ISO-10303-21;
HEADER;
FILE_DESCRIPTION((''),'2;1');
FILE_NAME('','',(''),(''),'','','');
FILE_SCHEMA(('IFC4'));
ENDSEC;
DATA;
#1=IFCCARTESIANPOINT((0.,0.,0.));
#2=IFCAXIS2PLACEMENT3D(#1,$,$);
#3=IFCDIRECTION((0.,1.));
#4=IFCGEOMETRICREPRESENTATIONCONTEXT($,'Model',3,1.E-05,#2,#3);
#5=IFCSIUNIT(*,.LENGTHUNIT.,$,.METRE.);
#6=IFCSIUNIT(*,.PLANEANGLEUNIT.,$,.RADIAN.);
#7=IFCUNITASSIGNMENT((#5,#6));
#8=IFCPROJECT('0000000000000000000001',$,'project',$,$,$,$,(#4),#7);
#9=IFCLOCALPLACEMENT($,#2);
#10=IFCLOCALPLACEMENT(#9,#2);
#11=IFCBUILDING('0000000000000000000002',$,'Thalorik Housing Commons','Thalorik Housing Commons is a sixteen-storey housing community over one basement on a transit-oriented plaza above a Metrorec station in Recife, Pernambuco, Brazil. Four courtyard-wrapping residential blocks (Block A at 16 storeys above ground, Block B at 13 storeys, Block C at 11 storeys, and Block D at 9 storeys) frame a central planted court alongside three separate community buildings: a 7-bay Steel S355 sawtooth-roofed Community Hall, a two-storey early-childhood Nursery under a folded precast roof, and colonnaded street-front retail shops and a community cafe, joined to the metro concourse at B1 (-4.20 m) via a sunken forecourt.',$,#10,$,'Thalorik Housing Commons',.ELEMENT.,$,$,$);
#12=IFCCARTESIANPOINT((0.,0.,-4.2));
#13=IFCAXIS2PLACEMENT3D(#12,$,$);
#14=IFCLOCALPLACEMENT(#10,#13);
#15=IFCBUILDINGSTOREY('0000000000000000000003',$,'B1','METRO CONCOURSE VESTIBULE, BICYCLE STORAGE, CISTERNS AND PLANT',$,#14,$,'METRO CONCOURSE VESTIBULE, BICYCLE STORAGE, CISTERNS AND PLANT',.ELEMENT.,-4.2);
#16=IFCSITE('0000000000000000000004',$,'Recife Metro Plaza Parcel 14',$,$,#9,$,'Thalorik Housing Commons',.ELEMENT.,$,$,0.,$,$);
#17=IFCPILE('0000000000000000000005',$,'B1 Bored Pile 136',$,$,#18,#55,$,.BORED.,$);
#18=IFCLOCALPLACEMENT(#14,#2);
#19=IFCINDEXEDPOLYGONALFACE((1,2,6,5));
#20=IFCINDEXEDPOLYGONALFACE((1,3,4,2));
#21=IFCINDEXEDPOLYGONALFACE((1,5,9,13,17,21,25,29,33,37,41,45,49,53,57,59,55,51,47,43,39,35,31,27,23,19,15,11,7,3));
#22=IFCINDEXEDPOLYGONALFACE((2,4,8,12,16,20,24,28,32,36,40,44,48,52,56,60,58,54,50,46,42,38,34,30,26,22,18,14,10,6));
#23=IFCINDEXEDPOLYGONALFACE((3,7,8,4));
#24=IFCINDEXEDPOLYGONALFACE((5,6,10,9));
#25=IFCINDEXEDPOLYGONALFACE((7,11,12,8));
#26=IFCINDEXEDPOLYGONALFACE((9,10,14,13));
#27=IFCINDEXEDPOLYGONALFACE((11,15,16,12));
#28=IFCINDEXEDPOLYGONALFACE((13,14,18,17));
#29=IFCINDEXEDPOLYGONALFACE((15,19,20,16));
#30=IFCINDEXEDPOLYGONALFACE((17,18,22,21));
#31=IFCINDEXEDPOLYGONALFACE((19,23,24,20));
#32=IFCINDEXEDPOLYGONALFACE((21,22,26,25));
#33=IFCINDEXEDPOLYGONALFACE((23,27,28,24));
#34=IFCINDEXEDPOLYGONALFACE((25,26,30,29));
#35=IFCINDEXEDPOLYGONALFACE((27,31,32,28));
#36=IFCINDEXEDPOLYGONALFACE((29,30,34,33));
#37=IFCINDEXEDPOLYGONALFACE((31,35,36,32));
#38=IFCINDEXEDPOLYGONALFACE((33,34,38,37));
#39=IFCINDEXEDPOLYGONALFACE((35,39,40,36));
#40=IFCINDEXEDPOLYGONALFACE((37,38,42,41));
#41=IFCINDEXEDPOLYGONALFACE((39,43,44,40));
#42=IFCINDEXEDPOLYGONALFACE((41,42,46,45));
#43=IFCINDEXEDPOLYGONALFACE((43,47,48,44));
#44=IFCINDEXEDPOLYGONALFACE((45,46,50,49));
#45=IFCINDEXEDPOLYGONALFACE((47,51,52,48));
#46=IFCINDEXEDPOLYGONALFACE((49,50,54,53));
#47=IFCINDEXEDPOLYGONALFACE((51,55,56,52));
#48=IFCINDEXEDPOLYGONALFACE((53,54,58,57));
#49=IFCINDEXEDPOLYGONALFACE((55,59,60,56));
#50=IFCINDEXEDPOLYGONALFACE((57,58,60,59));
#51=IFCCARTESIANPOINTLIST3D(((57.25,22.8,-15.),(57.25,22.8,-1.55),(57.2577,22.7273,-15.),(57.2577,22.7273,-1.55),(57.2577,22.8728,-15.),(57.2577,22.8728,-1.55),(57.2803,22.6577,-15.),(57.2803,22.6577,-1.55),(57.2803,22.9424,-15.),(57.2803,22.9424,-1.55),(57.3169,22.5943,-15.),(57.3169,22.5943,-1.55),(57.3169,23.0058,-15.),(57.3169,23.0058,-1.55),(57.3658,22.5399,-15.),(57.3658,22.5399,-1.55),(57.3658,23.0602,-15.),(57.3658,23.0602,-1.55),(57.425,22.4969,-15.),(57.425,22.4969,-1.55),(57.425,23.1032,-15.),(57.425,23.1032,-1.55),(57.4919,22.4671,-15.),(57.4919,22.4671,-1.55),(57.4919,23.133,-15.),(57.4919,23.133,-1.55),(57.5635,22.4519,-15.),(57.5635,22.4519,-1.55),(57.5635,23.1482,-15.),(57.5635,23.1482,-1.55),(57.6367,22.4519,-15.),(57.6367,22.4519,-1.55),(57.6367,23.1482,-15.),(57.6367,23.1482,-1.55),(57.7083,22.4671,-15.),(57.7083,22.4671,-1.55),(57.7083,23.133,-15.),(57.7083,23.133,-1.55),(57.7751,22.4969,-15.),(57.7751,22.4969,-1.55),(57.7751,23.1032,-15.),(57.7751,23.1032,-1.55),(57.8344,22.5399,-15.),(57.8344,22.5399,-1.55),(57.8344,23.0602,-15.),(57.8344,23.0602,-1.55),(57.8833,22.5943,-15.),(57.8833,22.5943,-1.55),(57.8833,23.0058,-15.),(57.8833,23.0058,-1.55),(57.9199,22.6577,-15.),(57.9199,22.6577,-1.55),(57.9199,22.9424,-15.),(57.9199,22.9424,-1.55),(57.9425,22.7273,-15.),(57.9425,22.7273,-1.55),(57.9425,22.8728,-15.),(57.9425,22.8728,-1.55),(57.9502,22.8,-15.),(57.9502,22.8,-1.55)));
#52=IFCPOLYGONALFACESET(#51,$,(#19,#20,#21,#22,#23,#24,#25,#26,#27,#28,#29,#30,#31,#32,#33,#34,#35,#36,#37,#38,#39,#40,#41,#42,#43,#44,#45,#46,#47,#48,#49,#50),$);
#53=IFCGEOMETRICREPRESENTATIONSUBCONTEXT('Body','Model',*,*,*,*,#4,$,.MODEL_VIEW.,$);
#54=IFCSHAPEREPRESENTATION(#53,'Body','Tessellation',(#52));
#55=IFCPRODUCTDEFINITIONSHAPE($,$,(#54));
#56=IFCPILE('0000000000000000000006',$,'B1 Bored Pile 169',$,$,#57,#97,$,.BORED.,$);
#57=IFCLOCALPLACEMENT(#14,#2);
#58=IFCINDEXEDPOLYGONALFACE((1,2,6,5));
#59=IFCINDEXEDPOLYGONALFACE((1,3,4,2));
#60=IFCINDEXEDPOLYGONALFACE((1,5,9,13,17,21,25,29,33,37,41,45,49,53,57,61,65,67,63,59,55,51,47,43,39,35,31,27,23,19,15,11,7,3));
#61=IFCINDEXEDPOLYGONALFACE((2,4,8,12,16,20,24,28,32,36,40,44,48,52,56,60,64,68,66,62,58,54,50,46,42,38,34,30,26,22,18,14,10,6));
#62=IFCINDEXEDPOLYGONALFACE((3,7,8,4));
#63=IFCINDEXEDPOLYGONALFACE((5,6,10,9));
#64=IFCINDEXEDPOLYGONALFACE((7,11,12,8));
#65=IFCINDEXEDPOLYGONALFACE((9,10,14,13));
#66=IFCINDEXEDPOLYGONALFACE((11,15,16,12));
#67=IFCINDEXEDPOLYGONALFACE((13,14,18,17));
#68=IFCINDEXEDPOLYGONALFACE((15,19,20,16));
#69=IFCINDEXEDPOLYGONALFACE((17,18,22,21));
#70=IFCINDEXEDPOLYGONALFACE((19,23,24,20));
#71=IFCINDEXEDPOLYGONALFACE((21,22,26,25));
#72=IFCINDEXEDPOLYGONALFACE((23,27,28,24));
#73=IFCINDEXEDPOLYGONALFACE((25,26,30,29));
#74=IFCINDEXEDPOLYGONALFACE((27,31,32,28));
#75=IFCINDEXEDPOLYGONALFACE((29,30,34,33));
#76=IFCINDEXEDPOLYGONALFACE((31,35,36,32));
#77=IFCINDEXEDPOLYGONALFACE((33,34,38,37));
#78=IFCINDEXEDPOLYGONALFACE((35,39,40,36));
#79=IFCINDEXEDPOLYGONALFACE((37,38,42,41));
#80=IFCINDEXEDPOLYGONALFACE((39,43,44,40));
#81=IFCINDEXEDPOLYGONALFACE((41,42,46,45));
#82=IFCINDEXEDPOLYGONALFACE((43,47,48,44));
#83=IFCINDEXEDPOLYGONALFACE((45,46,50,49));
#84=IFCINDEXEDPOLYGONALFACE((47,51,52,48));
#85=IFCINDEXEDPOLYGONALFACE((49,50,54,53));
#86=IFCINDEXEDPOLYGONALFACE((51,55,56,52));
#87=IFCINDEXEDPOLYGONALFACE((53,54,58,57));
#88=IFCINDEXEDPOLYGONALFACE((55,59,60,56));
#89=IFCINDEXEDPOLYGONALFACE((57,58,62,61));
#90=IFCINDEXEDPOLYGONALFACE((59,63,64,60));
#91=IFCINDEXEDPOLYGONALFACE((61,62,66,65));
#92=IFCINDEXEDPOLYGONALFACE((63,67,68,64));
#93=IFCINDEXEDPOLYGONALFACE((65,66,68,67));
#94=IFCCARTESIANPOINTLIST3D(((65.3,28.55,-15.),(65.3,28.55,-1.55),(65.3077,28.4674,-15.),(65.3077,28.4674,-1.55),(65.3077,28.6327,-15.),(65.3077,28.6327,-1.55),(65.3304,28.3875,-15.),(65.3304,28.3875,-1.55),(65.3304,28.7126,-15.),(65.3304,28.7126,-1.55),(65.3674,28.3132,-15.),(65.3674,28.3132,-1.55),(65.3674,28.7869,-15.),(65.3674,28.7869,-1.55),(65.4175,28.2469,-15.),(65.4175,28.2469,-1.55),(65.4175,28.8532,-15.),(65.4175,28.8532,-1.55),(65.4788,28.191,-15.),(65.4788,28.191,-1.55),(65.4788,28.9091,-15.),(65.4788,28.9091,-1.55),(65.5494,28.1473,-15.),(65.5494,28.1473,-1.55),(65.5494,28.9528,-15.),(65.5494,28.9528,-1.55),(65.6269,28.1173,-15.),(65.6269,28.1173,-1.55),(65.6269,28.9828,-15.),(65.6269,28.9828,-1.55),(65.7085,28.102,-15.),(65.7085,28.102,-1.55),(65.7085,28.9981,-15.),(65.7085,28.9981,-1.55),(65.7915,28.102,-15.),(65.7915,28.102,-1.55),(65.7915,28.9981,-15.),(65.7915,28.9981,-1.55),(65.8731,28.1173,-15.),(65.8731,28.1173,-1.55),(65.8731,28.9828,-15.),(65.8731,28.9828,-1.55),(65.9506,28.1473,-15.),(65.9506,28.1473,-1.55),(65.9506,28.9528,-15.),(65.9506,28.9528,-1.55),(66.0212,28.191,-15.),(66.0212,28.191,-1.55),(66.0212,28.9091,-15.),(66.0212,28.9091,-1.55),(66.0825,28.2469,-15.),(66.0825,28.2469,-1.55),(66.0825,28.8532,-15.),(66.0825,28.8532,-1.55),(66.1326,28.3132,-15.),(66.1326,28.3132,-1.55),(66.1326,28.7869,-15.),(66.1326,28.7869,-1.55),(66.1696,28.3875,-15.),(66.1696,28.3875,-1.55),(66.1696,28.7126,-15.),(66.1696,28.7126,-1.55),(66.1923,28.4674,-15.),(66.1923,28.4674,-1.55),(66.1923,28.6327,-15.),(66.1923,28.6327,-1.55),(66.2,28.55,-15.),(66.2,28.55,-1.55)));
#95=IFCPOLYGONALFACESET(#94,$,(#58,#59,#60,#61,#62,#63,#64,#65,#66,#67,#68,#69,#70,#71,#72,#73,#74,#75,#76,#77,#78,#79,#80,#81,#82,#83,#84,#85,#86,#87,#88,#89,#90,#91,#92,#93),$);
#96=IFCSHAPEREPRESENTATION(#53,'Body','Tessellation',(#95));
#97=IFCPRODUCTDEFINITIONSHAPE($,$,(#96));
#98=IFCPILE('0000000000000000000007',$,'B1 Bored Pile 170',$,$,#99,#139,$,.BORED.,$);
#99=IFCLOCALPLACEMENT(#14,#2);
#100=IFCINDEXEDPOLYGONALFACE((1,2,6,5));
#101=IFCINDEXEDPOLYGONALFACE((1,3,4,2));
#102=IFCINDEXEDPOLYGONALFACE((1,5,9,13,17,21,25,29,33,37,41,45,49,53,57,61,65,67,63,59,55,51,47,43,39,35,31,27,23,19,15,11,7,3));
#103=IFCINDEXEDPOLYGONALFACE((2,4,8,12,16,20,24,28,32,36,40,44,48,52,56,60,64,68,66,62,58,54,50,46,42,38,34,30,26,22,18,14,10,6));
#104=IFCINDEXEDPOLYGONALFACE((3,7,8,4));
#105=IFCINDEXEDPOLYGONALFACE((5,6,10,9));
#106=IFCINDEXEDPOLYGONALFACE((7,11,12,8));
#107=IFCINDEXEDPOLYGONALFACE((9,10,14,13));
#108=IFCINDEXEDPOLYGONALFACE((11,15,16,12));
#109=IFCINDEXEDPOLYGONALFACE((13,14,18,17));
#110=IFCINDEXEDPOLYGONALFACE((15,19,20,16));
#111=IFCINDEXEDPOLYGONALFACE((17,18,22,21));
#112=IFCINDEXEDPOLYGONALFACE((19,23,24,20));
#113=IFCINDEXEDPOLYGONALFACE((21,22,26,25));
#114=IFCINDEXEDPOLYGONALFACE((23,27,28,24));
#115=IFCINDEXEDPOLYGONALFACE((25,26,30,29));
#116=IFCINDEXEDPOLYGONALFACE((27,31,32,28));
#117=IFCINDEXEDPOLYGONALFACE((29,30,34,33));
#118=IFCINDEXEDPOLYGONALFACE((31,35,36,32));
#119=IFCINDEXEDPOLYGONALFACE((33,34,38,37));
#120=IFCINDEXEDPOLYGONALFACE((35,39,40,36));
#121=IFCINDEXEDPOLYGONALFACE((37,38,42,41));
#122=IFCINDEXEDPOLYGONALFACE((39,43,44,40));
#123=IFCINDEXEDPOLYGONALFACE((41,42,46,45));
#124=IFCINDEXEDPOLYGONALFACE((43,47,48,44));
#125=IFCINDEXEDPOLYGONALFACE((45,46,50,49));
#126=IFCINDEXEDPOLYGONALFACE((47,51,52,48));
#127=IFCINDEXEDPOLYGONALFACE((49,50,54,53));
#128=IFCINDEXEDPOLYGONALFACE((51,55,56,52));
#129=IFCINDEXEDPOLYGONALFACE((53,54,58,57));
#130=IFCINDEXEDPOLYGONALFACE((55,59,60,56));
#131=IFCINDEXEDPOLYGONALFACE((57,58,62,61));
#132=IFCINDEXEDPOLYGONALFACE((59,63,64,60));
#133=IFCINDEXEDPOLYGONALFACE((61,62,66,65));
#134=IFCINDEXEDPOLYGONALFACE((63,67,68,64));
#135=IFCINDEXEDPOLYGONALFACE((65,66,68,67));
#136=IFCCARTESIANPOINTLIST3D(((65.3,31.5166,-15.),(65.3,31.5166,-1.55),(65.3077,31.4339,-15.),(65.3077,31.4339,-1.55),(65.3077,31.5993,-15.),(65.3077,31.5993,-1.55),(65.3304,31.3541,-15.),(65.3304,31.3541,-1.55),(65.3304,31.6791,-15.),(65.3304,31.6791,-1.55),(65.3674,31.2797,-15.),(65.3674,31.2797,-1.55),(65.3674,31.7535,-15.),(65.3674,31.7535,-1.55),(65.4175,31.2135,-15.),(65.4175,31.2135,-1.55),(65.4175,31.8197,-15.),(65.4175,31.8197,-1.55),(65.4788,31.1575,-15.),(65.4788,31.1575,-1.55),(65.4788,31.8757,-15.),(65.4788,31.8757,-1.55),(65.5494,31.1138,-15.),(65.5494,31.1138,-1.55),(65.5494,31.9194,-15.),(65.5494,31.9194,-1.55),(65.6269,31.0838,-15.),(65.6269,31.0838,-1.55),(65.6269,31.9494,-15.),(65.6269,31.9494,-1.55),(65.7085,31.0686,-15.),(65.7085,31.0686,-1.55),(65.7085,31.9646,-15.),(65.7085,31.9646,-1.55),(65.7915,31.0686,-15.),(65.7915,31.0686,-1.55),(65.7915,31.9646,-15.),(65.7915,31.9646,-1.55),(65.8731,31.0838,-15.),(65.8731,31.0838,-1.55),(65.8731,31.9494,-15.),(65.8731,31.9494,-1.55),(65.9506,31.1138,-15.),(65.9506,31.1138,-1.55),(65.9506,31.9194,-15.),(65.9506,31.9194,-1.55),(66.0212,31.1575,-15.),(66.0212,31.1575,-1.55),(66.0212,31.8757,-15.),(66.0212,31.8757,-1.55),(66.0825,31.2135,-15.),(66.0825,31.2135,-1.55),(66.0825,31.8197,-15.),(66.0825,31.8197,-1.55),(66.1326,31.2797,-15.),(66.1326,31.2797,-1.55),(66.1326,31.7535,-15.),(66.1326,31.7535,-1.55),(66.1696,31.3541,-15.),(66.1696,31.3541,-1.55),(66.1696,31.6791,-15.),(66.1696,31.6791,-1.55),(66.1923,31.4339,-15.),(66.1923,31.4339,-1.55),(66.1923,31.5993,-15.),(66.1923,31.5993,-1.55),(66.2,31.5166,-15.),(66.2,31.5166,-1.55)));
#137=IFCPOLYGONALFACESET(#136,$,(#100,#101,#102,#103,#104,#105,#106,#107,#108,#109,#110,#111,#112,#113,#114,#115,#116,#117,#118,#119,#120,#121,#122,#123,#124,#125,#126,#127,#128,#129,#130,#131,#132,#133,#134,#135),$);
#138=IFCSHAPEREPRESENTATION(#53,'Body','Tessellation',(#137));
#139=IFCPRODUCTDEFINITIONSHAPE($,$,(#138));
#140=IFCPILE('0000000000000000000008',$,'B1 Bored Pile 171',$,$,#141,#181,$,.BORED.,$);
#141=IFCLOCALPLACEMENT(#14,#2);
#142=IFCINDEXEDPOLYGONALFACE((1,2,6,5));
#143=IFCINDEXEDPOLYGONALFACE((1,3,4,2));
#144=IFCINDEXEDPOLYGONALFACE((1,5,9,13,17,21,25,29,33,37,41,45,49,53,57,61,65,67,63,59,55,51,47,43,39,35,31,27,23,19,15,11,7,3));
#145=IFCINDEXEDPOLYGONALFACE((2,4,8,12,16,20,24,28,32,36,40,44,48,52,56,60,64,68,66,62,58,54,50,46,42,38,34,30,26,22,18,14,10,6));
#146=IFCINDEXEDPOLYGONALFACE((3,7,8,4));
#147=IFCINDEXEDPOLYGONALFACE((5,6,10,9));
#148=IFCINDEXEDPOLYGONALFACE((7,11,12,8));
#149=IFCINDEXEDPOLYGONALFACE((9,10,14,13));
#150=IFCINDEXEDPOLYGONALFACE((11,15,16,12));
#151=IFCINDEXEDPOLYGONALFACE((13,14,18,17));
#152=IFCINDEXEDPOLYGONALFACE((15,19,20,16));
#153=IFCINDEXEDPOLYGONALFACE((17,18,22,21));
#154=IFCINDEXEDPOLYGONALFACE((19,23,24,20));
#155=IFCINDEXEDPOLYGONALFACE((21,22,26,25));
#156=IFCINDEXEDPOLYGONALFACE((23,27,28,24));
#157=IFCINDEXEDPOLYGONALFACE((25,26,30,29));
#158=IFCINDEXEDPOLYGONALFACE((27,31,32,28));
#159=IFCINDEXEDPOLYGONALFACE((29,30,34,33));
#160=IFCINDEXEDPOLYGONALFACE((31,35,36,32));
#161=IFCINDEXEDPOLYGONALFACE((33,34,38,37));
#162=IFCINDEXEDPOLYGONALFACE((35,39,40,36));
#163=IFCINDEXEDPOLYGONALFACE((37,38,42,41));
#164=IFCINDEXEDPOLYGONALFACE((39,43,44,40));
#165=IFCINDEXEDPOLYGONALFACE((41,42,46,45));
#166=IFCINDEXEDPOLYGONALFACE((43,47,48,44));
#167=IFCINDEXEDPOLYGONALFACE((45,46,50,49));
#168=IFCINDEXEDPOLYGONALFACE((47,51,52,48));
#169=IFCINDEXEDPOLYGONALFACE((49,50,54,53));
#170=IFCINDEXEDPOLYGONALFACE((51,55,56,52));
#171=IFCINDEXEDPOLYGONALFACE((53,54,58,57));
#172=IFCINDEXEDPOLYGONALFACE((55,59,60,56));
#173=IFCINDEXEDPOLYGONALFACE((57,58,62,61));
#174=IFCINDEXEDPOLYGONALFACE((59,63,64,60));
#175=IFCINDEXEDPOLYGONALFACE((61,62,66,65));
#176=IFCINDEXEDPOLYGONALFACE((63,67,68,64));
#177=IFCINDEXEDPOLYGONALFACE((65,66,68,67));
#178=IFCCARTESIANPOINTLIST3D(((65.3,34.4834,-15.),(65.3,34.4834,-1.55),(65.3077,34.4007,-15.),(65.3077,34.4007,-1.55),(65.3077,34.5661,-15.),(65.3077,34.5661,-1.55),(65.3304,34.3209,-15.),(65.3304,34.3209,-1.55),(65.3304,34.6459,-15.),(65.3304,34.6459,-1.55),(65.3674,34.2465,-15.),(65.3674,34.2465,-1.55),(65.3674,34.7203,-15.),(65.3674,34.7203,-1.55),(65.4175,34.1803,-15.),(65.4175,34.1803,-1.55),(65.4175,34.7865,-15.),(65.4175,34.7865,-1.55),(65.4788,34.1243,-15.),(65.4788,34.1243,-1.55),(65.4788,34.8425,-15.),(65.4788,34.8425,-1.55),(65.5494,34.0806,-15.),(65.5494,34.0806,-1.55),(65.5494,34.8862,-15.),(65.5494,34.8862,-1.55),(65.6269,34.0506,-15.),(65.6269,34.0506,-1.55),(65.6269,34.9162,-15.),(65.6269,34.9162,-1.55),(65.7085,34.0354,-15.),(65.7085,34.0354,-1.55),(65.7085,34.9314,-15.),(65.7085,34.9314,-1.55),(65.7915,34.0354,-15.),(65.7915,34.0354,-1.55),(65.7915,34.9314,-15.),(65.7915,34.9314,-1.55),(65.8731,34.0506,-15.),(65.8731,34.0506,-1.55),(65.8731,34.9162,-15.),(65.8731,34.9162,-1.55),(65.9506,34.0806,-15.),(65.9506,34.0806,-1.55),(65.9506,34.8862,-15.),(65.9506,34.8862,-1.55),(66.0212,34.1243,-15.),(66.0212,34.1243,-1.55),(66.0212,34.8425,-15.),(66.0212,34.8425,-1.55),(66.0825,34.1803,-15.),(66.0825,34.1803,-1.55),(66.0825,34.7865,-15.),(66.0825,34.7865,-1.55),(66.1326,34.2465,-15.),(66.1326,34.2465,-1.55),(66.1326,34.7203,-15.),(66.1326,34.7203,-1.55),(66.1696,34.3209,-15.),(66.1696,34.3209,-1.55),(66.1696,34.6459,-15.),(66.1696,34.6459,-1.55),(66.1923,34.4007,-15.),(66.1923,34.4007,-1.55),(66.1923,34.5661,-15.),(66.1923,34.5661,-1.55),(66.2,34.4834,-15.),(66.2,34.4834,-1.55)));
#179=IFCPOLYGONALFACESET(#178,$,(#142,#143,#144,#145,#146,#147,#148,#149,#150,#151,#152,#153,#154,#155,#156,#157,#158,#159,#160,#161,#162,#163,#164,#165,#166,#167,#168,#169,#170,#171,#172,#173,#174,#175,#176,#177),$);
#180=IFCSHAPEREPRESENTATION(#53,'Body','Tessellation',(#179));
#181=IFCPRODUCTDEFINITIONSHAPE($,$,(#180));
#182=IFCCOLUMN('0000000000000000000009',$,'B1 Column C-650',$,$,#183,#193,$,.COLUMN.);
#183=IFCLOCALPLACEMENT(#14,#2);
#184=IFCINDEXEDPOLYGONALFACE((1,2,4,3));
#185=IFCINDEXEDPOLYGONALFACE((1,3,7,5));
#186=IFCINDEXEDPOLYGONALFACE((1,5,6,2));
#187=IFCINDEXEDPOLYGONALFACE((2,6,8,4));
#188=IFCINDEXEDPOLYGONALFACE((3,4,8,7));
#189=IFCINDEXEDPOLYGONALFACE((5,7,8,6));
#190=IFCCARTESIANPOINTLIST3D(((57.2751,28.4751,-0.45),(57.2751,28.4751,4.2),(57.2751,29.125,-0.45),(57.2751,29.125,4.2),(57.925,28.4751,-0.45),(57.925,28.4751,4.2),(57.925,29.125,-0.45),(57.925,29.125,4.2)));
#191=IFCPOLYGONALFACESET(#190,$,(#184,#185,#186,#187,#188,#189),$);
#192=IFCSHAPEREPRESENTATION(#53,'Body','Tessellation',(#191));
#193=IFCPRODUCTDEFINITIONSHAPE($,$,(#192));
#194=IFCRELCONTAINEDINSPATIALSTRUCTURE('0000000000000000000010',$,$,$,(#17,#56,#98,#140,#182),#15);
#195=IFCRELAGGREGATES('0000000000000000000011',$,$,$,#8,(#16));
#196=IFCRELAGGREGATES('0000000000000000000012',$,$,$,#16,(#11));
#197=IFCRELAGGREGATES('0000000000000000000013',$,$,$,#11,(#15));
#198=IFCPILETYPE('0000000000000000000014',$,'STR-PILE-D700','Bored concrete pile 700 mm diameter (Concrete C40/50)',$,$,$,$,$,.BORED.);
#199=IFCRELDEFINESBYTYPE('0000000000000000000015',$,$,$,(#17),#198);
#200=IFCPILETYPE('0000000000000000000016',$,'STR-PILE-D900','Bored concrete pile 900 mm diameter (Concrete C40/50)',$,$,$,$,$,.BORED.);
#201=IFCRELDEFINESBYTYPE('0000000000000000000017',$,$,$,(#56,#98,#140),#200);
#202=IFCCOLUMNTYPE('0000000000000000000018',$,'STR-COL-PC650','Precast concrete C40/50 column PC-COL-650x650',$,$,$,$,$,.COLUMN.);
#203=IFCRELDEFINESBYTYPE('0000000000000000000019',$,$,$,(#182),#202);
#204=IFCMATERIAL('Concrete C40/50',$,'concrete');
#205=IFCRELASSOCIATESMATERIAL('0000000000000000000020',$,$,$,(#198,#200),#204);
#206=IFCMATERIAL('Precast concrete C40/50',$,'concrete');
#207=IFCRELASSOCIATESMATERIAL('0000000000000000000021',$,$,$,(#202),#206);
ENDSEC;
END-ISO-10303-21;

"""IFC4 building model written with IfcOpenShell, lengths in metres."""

from ifc_helpers import new_model, si_unit, direction, frame, origin, origin_2d, place, context, subcontext, project, spatial, rectangle, circle, extrude, material, material_profile, profile_set, type_object, element, save


model = new_model("IFC4")

# Units and contexts
model_context = context("Model", 3, precision=1e-05, world=origin(), true_north=direction((0.0, 1.0)))
body_context = subcontext(model_context, "Body", "Model", "MODEL_VIEW")
ifc_project = project(units=[si_unit("LENGTHUNIT", "METRE"), si_unit("PLANEANGLEUNIT", "RADIAN")], contexts=[model_context])

# Site, building, storey
site_placement = place(None, origin())
site = spatial("IfcSite", under=ifc_project, at=site_placement, Name="Recife Metro Plaza Parcel 14", LongName="Thalorik Housing Commons", CompositionType="ELEMENT", RefElevation=0.0)
building_placement = place(site_placement, origin())
building = spatial("IfcBuilding", under=site, at=building_placement, Name="Thalorik Housing Commons", Description="Thalorik Housing Commons is a sixteen-storey housing community over one basement on a transit-oriented plaza above a Metrorec station in Recife, Pernambuco, Brazil. Four courtyard-wrapping residential blocks (Block A at 16 storeys above ground, Block B at 13 storeys, Block C at 11 storeys, and Block D at 9 storeys) frame a central planted court alongside three separate community buildings: a 7-bay Steel S355 sawtooth-roofed Community Hall, a two-storey early-childhood Nursery under a folded precast roof, and colonnaded street-front retail shops and a community cafe, joined to the metro concourse at B1 (-4.20 m) via a sunken forecourt.", LongName="Thalorik Housing Commons", CompositionType="ELEMENT")
storey_placement = place(building_placement, frame((0.0, 0.0, -4.2)))
storey = spatial("IfcBuildingStorey", under=building, at=storey_placement, Name="B1", Description="METRO CONCOURSE VESTIBULE, BICYCLE STORAGE, CISTERNS AND PLANT", LongName="METRO CONCOURSE VESTIBULE, BICYCLE STORAGE, CISTERNS AND PLANT", CompositionType="ELEMENT", Elevation=-4.2)

# Shared definitions
ifc_material_1 = material(Name="Concrete C40/50", Category="concrete")

# Piles
ifc_material_profile_1 = material_profile(ifc_material_1, circle(Radius=0.3501, at=origin_2d()), Name="BORED PILE D700", Category="concrete")
ifc_profile_set_1 = profile_set([ifc_material_profile_1], Name="Concrete C40/50")
pile_type_1 = type_object("IfcPileType", Name="STR-PILE-D700", Description="Bored concrete pile 700 mm diameter (Concrete C40/50)", PredefinedType="BORED", material=ifc_profile_set_1)
pile_1_placement = place(storey_placement, frame((57.6001, 22.8, -1.55), z_axis=(0.0, 0.0, -1.0), x_axis=(1.0, 0.0, 0.0)))
element("IfcPile", 1, at=pile_1_placement, inside=storey, type_object=pile_type_1, Name="B1 Bored Pile 136", PredefinedType="BORED", context=body_context, shape_type="SweptSolid", body=[
    extrude(circle(Radius=0.3501, at=origin_2d()), origin(), (0.0, 0.0, 1.0), 13.45),
])
ifc_material_profile_2 = material_profile(ifc_material_1, circle(Radius=0.45, at=origin_2d()), Name="BORED PILE D900", Category="concrete")
ifc_profile_set_2 = profile_set([ifc_material_profile_2], Name="Concrete C40/50")
pile_type_2 = type_object("IfcPileType", Name="STR-PILE-D900", Description="Bored concrete pile 900 mm diameter (Concrete C40/50)", PredefinedType="BORED", material=ifc_profile_set_2)
for number, where, z_axis, x_axis, name in (
    (2, (65.75, 28.55, -1.55), (0.0, 0.0, -1.0), (1.0, 0.0, 0.0), "B1 Bored Pile 169"),
    (3, (65.75, 31.5166, -1.55), (0.0, 0.0, -1.0), (1.0, 0.0, 0.0), "B1 Bored Pile 170"),
    (4, (65.75, 34.4834, -1.55), (0.0, 0.0, -1.0), (1.0, 0.0, 0.0), "B1 Bored Pile 171"),
):
    element("IfcPile", number, at=place(storey_placement, frame(where, z_axis=z_axis, x_axis=x_axis)), inside=storey, type_object=pile_type_2, Name=name, PredefinedType="BORED", context=body_context, shape_type="SweptSolid", body=[
        extrude(circle(Radius=0.45, at=origin_2d()), origin(), (0.0, 0.0, 1.0), 13.45),
    ])

# Column
ifc_material_2 = material(Name="Precast concrete C40/50", Category="concrete")
ifc_material_profile_3 = material_profile(ifc_material_2, rectangle(XDim=0.6499, YDim=0.6499, at=origin_2d()), Name="PC 650x650", Category="concrete")
ifc_profile_set_3 = profile_set([ifc_material_profile_3], Name="Precast concrete C40/50")
column_type_1 = type_object("IfcColumnType", Name="STR-COL-PC650", Description="Precast concrete C40/50 column PC-COL-650x650", PredefinedType="COLUMN", material=ifc_profile_set_3)
column_1_placement = place(storey_placement, frame((57.6001, 28.8, -0.45), z_axis=(0.0, 0.0, 1.0), x_axis=(1.0, 0.0, 0.0)))
element("IfcColumn", 5, at=column_1_placement, inside=storey, type_object=column_type_1, Name="B1 Column C-650", PredefinedType="COLUMN", context=body_context, shape_type="SweptSolid", body=[
    extrude(rectangle(XDim=0.6499, YDim=0.6499, at=origin_2d()), origin(), (0.0, 0.0, 1.0), 4.6499),
])

save(model, "model.ifc")
